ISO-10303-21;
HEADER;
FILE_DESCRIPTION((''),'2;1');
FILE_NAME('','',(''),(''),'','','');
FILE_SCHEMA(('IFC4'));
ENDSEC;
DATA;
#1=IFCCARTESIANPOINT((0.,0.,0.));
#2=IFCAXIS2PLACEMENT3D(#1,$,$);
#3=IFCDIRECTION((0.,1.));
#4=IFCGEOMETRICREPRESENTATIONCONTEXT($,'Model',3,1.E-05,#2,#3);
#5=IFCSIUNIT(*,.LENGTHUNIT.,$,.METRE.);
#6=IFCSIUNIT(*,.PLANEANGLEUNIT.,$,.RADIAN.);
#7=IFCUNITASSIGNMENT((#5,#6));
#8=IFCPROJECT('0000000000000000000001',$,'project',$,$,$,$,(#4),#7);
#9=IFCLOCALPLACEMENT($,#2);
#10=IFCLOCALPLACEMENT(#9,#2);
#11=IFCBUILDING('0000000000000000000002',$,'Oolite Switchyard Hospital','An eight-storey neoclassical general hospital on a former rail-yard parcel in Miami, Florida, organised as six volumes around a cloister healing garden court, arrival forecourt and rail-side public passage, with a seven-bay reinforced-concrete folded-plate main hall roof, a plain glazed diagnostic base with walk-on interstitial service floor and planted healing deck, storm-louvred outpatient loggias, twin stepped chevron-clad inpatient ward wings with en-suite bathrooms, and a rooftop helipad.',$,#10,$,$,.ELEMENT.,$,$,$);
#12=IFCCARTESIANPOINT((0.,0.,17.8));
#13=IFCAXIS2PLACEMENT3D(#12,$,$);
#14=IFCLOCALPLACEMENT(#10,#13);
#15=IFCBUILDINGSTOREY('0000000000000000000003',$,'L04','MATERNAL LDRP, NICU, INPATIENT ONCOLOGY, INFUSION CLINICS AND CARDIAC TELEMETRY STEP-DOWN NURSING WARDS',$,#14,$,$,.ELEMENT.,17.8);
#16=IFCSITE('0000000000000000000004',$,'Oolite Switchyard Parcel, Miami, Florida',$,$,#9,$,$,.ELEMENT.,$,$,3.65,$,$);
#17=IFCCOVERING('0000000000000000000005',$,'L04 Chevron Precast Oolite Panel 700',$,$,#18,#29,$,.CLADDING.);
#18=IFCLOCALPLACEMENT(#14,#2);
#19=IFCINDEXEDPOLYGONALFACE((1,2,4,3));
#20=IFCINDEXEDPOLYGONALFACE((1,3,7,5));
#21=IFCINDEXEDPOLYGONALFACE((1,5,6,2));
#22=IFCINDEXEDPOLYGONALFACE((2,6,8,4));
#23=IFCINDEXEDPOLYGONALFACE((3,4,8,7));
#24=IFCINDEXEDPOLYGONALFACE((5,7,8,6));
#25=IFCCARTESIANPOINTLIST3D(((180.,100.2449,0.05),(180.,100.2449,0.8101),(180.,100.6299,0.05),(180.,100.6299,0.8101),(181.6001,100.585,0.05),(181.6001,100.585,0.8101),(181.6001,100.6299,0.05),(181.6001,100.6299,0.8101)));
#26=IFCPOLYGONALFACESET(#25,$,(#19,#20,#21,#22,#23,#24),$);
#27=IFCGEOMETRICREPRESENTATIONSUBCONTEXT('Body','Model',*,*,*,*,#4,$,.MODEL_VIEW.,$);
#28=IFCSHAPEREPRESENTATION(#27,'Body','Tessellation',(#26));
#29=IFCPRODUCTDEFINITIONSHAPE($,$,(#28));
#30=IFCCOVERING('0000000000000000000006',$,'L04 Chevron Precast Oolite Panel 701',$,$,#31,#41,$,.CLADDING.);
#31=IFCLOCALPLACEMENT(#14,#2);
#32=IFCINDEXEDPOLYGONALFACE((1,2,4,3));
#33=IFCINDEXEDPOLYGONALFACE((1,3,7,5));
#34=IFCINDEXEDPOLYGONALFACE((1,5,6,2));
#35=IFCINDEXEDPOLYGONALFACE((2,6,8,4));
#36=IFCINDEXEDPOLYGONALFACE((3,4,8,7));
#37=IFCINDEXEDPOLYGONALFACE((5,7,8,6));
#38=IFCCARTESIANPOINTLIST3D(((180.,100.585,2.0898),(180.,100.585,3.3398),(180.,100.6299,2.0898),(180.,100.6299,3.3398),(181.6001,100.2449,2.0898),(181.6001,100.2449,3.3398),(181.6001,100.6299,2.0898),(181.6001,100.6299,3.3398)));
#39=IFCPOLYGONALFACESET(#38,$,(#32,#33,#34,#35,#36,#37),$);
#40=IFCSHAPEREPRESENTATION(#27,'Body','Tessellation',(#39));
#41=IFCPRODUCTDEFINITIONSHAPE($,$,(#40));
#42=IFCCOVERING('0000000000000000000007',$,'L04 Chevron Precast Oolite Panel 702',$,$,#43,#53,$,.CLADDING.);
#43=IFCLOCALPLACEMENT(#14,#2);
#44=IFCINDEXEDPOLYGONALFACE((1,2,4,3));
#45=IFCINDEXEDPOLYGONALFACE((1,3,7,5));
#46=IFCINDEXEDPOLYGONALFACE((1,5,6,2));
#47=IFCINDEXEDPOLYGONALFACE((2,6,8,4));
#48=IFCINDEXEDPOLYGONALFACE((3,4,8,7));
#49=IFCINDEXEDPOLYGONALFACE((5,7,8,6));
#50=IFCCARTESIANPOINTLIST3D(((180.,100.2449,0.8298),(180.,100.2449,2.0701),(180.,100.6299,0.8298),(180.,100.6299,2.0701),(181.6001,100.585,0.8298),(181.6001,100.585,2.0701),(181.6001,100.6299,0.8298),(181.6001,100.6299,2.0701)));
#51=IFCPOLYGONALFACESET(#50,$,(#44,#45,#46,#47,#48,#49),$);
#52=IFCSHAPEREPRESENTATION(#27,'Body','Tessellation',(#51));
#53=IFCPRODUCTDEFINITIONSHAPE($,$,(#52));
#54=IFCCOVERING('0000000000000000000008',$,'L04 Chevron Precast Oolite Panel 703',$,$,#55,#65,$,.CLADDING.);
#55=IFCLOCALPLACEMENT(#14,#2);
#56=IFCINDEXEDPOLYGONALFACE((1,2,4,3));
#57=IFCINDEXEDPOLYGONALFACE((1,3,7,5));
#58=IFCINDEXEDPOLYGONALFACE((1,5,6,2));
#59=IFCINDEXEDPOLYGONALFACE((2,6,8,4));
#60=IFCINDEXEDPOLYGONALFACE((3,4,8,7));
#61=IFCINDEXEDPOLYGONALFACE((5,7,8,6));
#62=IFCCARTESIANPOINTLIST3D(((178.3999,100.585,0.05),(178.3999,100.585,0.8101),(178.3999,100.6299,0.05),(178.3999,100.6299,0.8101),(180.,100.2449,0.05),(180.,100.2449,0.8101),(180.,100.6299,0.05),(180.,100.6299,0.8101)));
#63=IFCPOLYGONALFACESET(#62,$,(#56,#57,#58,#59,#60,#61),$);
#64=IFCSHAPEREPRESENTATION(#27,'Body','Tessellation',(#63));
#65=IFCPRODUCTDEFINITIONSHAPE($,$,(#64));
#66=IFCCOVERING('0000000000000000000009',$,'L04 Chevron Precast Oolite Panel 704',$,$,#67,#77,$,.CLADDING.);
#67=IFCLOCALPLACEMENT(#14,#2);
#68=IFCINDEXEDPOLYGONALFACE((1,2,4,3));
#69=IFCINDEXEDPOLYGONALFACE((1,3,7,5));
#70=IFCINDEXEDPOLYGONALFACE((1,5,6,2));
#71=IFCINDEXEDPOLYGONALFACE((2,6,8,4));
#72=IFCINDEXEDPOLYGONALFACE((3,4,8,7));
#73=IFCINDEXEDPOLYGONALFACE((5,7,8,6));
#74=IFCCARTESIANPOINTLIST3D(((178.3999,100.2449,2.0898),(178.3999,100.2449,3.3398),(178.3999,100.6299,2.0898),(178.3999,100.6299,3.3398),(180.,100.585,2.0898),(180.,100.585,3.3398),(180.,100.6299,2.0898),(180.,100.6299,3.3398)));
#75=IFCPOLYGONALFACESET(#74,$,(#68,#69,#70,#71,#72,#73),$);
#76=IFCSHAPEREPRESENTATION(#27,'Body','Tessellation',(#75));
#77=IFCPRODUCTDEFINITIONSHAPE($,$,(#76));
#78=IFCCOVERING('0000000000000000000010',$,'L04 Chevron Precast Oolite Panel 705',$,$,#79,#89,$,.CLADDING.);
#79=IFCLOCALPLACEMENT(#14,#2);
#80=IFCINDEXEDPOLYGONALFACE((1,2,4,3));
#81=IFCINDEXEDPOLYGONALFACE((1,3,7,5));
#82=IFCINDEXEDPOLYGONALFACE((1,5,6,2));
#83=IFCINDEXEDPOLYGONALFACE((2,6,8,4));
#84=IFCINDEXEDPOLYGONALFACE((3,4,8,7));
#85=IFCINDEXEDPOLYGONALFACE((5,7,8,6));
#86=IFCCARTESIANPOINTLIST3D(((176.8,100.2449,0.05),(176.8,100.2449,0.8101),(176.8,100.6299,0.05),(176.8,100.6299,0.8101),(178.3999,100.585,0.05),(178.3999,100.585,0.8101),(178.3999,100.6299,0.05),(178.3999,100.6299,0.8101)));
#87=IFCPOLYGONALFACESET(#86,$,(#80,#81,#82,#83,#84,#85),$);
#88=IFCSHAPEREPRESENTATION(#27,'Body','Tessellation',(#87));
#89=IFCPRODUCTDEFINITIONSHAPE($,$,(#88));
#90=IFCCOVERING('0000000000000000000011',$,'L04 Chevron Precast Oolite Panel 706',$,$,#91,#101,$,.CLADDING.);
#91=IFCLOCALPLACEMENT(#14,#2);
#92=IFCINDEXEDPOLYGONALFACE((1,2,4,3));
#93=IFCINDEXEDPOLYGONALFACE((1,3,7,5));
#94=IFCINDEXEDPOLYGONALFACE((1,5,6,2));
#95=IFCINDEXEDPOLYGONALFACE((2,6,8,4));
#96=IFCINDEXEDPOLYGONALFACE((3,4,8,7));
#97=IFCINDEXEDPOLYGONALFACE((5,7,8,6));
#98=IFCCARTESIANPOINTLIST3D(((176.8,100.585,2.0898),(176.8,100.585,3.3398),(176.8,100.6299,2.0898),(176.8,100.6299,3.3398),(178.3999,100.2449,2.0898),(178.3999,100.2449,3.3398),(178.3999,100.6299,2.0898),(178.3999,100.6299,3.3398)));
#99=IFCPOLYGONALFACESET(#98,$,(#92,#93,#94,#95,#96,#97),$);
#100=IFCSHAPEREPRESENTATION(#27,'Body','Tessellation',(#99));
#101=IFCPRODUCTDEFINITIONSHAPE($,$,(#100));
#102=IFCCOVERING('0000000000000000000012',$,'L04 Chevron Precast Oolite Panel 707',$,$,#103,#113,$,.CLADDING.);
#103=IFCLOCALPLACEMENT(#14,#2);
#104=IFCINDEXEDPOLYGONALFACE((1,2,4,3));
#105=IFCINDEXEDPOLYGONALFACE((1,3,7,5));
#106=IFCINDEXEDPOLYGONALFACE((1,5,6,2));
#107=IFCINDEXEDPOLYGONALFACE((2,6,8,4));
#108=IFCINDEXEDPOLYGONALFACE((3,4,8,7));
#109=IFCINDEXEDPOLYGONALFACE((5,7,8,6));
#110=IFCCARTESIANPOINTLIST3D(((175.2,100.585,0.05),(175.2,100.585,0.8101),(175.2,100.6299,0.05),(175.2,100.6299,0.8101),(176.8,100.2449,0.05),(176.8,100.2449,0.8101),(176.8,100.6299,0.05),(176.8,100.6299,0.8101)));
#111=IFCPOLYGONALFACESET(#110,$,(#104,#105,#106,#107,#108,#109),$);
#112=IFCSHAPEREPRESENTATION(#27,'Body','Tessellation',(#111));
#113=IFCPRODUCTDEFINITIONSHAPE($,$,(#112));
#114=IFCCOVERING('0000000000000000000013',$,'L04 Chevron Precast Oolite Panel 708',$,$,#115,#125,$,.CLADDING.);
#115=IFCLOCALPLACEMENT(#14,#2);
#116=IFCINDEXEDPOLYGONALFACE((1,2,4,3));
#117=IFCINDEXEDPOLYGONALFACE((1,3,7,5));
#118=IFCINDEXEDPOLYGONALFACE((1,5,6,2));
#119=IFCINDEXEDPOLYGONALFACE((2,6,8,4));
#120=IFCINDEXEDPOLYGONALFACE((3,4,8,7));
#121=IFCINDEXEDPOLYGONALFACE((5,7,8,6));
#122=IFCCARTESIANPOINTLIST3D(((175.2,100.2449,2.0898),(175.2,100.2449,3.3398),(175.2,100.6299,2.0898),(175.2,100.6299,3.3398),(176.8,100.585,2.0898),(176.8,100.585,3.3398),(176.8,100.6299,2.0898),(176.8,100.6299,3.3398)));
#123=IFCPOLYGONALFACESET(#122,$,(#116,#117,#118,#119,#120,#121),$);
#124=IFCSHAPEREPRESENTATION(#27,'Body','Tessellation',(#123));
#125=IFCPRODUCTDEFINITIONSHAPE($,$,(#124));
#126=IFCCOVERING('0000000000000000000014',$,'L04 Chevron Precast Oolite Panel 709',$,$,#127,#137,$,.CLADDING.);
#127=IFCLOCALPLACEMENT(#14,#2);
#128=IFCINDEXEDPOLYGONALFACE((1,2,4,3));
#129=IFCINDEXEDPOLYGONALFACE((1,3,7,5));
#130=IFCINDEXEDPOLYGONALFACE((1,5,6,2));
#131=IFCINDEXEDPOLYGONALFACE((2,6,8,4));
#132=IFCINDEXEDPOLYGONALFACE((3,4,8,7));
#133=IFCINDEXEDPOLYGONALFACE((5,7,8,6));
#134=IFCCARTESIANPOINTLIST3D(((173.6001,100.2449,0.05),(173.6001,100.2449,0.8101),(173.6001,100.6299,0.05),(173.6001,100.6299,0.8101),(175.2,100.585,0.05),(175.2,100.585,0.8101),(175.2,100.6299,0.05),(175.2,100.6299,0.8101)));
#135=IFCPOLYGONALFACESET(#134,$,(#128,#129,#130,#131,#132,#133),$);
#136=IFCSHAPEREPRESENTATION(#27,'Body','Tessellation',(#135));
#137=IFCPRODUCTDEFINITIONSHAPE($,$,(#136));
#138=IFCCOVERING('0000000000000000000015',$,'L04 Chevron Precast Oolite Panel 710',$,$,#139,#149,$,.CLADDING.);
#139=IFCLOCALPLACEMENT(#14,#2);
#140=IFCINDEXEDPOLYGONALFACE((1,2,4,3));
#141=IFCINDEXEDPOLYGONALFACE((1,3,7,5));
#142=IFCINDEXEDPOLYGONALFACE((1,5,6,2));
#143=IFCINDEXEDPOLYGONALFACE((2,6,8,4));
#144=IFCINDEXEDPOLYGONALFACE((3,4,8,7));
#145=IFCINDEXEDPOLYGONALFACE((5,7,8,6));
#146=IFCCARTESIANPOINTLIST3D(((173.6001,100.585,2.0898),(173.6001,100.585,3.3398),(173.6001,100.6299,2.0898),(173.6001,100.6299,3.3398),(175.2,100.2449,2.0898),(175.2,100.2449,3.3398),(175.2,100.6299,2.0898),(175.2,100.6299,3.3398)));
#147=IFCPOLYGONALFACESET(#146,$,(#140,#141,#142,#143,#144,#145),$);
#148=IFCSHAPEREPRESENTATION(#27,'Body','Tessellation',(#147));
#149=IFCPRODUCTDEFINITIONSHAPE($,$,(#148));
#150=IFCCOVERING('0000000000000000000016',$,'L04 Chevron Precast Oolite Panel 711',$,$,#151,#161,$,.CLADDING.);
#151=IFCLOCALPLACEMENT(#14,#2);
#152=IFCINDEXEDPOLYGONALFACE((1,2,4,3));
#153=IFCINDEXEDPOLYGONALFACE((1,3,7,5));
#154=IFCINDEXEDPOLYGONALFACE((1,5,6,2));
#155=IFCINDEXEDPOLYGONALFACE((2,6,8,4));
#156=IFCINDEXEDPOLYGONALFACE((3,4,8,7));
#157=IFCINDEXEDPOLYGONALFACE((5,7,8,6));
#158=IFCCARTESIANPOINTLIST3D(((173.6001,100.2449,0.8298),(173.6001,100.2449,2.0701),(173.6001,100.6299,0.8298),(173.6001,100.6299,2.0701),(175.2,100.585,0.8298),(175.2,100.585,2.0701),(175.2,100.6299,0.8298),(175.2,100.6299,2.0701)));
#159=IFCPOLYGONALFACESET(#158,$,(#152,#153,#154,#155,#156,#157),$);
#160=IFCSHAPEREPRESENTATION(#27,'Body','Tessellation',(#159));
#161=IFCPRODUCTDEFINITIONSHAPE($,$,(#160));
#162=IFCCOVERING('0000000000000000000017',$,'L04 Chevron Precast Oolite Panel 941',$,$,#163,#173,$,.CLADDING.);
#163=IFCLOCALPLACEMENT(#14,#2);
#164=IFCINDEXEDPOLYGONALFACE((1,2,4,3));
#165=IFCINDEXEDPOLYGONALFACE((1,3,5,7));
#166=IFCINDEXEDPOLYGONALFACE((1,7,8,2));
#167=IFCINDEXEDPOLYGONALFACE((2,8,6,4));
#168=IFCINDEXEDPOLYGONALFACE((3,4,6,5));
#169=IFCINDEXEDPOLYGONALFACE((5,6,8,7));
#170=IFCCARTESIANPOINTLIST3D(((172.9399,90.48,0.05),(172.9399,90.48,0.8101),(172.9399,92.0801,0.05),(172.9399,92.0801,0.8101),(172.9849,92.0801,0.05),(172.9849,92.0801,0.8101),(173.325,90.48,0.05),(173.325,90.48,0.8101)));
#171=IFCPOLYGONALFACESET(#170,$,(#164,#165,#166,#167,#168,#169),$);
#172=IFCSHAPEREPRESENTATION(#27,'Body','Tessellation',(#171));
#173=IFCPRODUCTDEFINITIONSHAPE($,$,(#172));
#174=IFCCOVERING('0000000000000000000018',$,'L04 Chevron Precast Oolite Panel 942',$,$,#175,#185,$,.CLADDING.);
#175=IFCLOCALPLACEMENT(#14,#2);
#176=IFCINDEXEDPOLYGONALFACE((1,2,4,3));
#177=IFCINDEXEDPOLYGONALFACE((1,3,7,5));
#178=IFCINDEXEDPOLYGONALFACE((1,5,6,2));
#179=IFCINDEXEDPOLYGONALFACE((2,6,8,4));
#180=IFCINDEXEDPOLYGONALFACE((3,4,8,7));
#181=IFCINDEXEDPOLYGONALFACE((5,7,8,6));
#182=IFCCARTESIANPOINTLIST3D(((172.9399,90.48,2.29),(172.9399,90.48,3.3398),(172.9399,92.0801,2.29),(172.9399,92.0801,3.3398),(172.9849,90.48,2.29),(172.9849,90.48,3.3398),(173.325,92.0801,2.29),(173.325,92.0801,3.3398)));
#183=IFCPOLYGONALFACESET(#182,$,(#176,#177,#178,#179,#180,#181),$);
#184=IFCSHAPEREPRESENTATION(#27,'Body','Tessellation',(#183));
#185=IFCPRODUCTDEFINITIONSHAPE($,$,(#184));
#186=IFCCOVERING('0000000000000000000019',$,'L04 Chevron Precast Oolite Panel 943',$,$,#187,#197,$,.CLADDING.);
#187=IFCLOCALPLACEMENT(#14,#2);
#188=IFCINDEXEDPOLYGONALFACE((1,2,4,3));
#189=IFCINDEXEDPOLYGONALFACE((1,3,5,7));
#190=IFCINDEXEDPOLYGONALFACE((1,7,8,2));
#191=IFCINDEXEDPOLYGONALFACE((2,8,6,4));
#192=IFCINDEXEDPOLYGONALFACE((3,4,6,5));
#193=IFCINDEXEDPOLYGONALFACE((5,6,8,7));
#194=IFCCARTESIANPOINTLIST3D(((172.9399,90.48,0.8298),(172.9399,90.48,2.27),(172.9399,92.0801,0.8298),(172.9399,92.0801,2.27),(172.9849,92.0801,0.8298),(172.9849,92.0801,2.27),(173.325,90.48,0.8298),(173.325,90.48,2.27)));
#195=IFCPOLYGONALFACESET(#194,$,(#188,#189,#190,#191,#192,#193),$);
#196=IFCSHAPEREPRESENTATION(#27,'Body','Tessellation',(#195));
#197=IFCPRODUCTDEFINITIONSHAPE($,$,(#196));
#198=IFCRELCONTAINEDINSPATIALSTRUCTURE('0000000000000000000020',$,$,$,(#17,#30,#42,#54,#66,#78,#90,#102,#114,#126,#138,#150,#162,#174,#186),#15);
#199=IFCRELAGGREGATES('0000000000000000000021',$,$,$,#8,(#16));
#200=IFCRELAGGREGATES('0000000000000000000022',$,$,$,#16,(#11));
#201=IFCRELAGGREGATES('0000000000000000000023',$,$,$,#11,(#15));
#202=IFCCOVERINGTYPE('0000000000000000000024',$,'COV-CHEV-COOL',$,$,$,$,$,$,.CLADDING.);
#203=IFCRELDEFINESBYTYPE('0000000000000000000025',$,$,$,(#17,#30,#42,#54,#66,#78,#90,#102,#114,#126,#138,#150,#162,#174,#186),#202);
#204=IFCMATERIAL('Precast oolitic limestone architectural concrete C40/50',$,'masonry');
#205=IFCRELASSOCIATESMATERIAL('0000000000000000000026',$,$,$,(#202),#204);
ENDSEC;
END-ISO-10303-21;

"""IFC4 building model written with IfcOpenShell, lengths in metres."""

from ifc_helpers import new_model, si_unit, direction, frame, origin, place, context, subcontext, project, spatial, polyline, outline, extrude, material, type_object, element, save


model = new_model("IFC4")

# Units and contexts
model_context = context("Model", 3, precision=1e-05, world=origin(), true_north=direction((0.0, 1.0)))
body_context = subcontext(model_context, "Body", "Model", "MODEL_VIEW")
ifc_project = project(units=[si_unit("LENGTHUNIT", "METRE"), si_unit("PLANEANGLEUNIT", "RADIAN")], contexts=[model_context])

# Site, building, storey
site_placement = place(None, origin())
site = spatial("IfcSite", under=ifc_project, at=site_placement, Name="Oolite Switchyard Parcel, Miami, Florida", CompositionType="ELEMENT", RefElevation=3.65)
building_placement = place(site_placement, origin())
building = spatial("IfcBuilding", under=site, at=building_placement, Name="Oolite Switchyard Hospital", Description="An eight-storey neoclassical general hospital on a former rail-yard parcel in Miami, Florida, organised as six volumes around a cloister healing garden court, arrival forecourt and rail-side public passage, with a seven-bay reinforced-concrete folded-plate main hall roof, a plain glazed diagnostic base with walk-on interstitial service floor and planted healing deck, storm-louvred outpatient loggias, twin stepped chevron-clad inpatient ward wings with en-suite bathrooms, and a rooftop helipad.", CompositionType="ELEMENT")
storey_placement = place(building_placement, frame((0.0, 0.0, 17.8)))
storey = spatial("IfcBuildingStorey", under=building, at=storey_placement, Name="L04", Description="MATERNAL LDRP, NICU, INPATIENT ONCOLOGY, INFUSION CLINICS AND CARDIAC TELEMETRY STEP-DOWN NURSING WARDS", CompositionType="ELEMENT", Elevation=17.8)

# Coverings
ifc_material = material(Name="Precast oolitic limestone architectural concrete C40/50", Category="masonry")
covering_type = type_object("IfcCoveringType", Name="COV-CHEV-COOL", PredefinedType="CLADDING", material=ifc_material)
covering_1_placement = place(storey_placement, frame((181.6001, 100.6299, 0.05), z_axis=(0.0, 0.0, 1.0), x_axis=(-1.0, 0.0, 0.0)))
element("IfcCovering", 1, at=covering_1_placement, inside=storey, type_object=covering_type, Name="L04 Chevron Precast Oolite Panel 700", PredefinedType="CLADDING", context=body_context, shape_type="SweptSolid", body=[
    extrude(outline(polyline([(0.0, 0.0), (1.6001, 0.0), (1.6001, 0.385), (0.0, 0.0449), (0.0, 0.0)])), origin(), (0.0, 0.0, 1.0), 0.76),
])
covering_2_placement = place(storey_placement, frame((181.6001, 100.6299, 2.0898), z_axis=(0.0, 0.0, 1.0), x_axis=(-1.0, 0.0, 0.0)))
element("IfcCovering", 2, at=covering_2_placement, inside=storey, type_object=covering_type, Name="L04 Chevron Precast Oolite Panel 701", PredefinedType="CLADDING", context=body_context, shape_type="SweptSolid", body=[
    extrude(outline(polyline([(0.0, 0.0), (1.6001, 0.0), (1.6001, 0.0449), (0.0, 0.385), (0.0, 0.0)])), origin(), (0.0, 0.0, 1.0), 1.25),
])
covering_3_placement = place(storey_placement, frame((181.6001, 100.6299, 0.8298), z_axis=(0.0, 0.0, 1.0), x_axis=(-1.0, 0.0, 0.0)))
element("IfcCovering", 3, at=covering_3_placement, inside=storey, type_object=covering_type, Name="L04 Chevron Precast Oolite Panel 702", PredefinedType="CLADDING", context=body_context, shape_type="SweptSolid", body=[
    extrude(outline(polyline([(0.0, 0.0), (1.6001, 0.0), (1.6001, 0.385), (0.0, 0.0449), (0.0, 0.0)])), origin(), (0.0, 0.0, 1.0), 1.2402),
])
covering_4_placement = place(storey_placement, frame((180.0, 100.6299, 0.05), z_axis=(0.0, 0.0, 1.0), x_axis=(-1.0, 0.0, 0.0)))
element("IfcCovering", 4, at=covering_4_placement, inside=storey, type_object=covering_type, Name="L04 Chevron Precast Oolite Panel 703", PredefinedType="CLADDING", context=body_context, shape_type="SweptSolid", body=[
    extrude(outline(polyline([(0.0, 0.0), (1.6001, 0.0), (1.6001, 0.0449), (0.0, 0.385), (0.0, 0.0)])), origin(), (0.0, 0.0, 1.0), 0.76),
])
covering_5_placement = place(storey_placement, frame((180.0, 100.6299, 2.0898), z_axis=(0.0, 0.0, 1.0), x_axis=(-1.0, 0.0, 0.0)))
element("IfcCovering", 5, at=covering_5_placement, inside=storey, type_object=covering_type, Name="L04 Chevron Precast Oolite Panel 704", PredefinedType="CLADDING", context=body_context, shape_type="SweptSolid", body=[
    extrude(outline(polyline([(0.0, 0.0), (1.6001, 0.0), (1.6001, 0.385), (0.0, 0.0449), (0.0, 0.0)])), origin(), (0.0, 0.0, 1.0), 1.25),
])
covering_6_placement = place(storey_placement, frame((178.3999, 100.6299, 0.05), z_axis=(0.0, 0.0, 1.0), x_axis=(-1.0, 0.0, 0.0)))
element("IfcCovering", 6, at=covering_6_placement, inside=storey, type_object=covering_type, Name="L04 Chevron Precast Oolite Panel 705", PredefinedType="CLADDING", context=body_context, shape_type="SweptSolid", body=[
    extrude(outline(polyline([(0.0, 0.0), (1.5999, 0.0), (1.5999, 0.385), (0.0, 0.0449), (0.0, 0.0)])), origin(), (0.0, 0.0, 1.0), 0.76),
])
covering_7_placement = place(storey_placement, frame((178.3999, 100.6299, 2.0898), z_axis=(0.0, 0.0, 1.0), x_axis=(-1.0, 0.0, 0.0)))
element("IfcCovering", 7, at=covering_7_placement, inside=storey, type_object=covering_type, Name="L04 Chevron Precast Oolite Panel 706", PredefinedType="CLADDING", context=body_context, shape_type="SweptSolid", body=[
    extrude(outline(polyline([(0.0, 0.0), (1.5999, 0.0), (1.5999, 0.0449), (0.0, 0.385), (0.0, 0.0)])), origin(), (0.0, 0.0, 1.0), 1.25),
])
covering_8_placement = place(storey_placement, frame((176.8, 100.6299, 0.05), z_axis=(0.0, 0.0, 1.0), x_axis=(-1.0, 0.0, 0.0)))
element("IfcCovering", 8, at=covering_8_placement, inside=storey, type_object=covering_type, Name="L04 Chevron Precast Oolite Panel 707", PredefinedType="CLADDING", context=body_context, shape_type="SweptSolid", body=[
    extrude(outline(polyline([(0.0, 0.0), (1.6001, 0.0), (1.6001, 0.0449), (0.0, 0.385), (0.0, 0.0)])), origin(), (0.0, 0.0, 1.0), 0.76),
])
covering_9_placement = place(storey_placement, frame((176.8, 100.6299, 2.0898), z_axis=(0.0, 0.0, 1.0), x_axis=(-1.0, 0.0, 0.0)))
element("IfcCovering", 9, at=covering_9_placement, inside=storey, type_object=covering_type, Name="L04 Chevron Precast Oolite Panel 708", PredefinedType="CLADDING", context=body_context, shape_type="SweptSolid", body=[
    extrude(outline(polyline([(0.0, 0.0), (1.6001, 0.0), (1.6001, 0.385), (0.0, 0.0449), (0.0, 0.0)])), origin(), (0.0, 0.0, 1.0), 1.25),
])
covering_10_placement = place(storey_placement, frame((175.2, 100.6299, 0.05), z_axis=(0.0, 0.0, 1.0), x_axis=(-1.0, 0.0, 0.0)))
element("IfcCovering", 10, at=covering_10_placement, inside=storey, type_object=covering_type, Name="L04 Chevron Precast Oolite Panel 709", PredefinedType="CLADDING", context=body_context, shape_type="SweptSolid", body=[
    extrude(outline(polyline([(0.0, 0.0), (1.5999, 0.0), (1.5999, 0.385), (0.0, 0.0449), (0.0, 0.0)])), origin(), (0.0, 0.0, 1.0), 0.76),
])
covering_11_placement = place(storey_placement, frame((175.2, 100.6299, 2.0898), z_axis=(0.0, 0.0, 1.0), x_axis=(-1.0, 0.0, 0.0)))
element("IfcCovering", 11, at=covering_11_placement, inside=storey, type_object=covering_type, Name="L04 Chevron Precast Oolite Panel 710", PredefinedType="CLADDING", context=body_context, shape_type="SweptSolid", body=[
    extrude(outline(polyline([(0.0, 0.0), (1.5999, 0.0), (1.5999, 0.0449), (0.0, 0.385), (0.0, 0.0)])), origin(), (0.0, 0.0, 1.0), 1.25),
])
covering_12_placement = place(storey_placement, frame((175.2, 100.6299, 0.8298), z_axis=(0.0, 0.0, 1.0), x_axis=(-1.0, 0.0, 0.0)))
element("IfcCovering", 12, at=covering_12_placement, inside=storey, type_object=covering_type, Name="L04 Chevron Precast Oolite Panel 711", PredefinedType="CLADDING", context=body_context, shape_type="SweptSolid", body=[
    extrude(outline(polyline([(0.0, 0.0), (1.5999, 0.0), (1.5999, 0.385), (0.0, 0.0449), (0.0, 0.0)])), origin(), (0.0, 0.0, 1.0), 1.2402),
])
covering_13_placement = place(storey_placement, frame((172.9399, 92.0801, 0.05), z_axis=(0.0, 0.0, 1.0), x_axis=(0.0, -1.0, 0.0)))
element("IfcCovering", 13, at=covering_13_placement, inside=storey, type_object=covering_type, Name="L04 Chevron Precast Oolite Panel 941", PredefinedType="CLADDING", context=body_context, shape_type="SweptSolid", body=[
    extrude(outline(polyline([(0.0, 0.0), (1.6001, 0.0), (1.6001, 0.385), (0.0, 0.0449), (0.0, 0.0)])), origin(), (0.0, 0.0, 1.0), 0.76),
])
covering_14_placement = place(storey_placement, frame((172.9399, 92.0801, 2.29), z_axis=(0.0, 0.0, 1.0), x_axis=(0.0, -1.0, 0.0)))
element("IfcCovering", 14, at=covering_14_placement, inside=storey, type_object=covering_type, Name="L04 Chevron Precast Oolite Panel 942", PredefinedType="CLADDING", context=body_context, shape_type="SweptSolid", body=[
    extrude(outline(polyline([(0.0, 0.0), (1.6001, 0.0), (1.6001, 0.0449), (0.0, 0.385), (0.0, 0.0)])), origin(), (0.0, 0.0, 1.0), 1.0498),
])
covering_15_placement = place(storey_placement, frame((172.9399, 92.0801, 0.8298), z_axis=(0.0, 0.0, 1.0), x_axis=(0.0, -1.0, 0.0)))
element("IfcCovering", 15, at=covering_15_placement, inside=storey, type_object=covering_type, Name="L04 Chevron Precast Oolite Panel 943", PredefinedType="CLADDING", context=body_context, shape_type="SweptSolid", body=[
    extrude(outline(polyline([(0.0, 0.0), (1.6001, 0.0), (1.6001, 0.385), (0.0, 0.0449), (0.0, 0.0)])), origin(), (0.0, 0.0, 1.0), 1.4402),
])

save(model, "model.ifc")
